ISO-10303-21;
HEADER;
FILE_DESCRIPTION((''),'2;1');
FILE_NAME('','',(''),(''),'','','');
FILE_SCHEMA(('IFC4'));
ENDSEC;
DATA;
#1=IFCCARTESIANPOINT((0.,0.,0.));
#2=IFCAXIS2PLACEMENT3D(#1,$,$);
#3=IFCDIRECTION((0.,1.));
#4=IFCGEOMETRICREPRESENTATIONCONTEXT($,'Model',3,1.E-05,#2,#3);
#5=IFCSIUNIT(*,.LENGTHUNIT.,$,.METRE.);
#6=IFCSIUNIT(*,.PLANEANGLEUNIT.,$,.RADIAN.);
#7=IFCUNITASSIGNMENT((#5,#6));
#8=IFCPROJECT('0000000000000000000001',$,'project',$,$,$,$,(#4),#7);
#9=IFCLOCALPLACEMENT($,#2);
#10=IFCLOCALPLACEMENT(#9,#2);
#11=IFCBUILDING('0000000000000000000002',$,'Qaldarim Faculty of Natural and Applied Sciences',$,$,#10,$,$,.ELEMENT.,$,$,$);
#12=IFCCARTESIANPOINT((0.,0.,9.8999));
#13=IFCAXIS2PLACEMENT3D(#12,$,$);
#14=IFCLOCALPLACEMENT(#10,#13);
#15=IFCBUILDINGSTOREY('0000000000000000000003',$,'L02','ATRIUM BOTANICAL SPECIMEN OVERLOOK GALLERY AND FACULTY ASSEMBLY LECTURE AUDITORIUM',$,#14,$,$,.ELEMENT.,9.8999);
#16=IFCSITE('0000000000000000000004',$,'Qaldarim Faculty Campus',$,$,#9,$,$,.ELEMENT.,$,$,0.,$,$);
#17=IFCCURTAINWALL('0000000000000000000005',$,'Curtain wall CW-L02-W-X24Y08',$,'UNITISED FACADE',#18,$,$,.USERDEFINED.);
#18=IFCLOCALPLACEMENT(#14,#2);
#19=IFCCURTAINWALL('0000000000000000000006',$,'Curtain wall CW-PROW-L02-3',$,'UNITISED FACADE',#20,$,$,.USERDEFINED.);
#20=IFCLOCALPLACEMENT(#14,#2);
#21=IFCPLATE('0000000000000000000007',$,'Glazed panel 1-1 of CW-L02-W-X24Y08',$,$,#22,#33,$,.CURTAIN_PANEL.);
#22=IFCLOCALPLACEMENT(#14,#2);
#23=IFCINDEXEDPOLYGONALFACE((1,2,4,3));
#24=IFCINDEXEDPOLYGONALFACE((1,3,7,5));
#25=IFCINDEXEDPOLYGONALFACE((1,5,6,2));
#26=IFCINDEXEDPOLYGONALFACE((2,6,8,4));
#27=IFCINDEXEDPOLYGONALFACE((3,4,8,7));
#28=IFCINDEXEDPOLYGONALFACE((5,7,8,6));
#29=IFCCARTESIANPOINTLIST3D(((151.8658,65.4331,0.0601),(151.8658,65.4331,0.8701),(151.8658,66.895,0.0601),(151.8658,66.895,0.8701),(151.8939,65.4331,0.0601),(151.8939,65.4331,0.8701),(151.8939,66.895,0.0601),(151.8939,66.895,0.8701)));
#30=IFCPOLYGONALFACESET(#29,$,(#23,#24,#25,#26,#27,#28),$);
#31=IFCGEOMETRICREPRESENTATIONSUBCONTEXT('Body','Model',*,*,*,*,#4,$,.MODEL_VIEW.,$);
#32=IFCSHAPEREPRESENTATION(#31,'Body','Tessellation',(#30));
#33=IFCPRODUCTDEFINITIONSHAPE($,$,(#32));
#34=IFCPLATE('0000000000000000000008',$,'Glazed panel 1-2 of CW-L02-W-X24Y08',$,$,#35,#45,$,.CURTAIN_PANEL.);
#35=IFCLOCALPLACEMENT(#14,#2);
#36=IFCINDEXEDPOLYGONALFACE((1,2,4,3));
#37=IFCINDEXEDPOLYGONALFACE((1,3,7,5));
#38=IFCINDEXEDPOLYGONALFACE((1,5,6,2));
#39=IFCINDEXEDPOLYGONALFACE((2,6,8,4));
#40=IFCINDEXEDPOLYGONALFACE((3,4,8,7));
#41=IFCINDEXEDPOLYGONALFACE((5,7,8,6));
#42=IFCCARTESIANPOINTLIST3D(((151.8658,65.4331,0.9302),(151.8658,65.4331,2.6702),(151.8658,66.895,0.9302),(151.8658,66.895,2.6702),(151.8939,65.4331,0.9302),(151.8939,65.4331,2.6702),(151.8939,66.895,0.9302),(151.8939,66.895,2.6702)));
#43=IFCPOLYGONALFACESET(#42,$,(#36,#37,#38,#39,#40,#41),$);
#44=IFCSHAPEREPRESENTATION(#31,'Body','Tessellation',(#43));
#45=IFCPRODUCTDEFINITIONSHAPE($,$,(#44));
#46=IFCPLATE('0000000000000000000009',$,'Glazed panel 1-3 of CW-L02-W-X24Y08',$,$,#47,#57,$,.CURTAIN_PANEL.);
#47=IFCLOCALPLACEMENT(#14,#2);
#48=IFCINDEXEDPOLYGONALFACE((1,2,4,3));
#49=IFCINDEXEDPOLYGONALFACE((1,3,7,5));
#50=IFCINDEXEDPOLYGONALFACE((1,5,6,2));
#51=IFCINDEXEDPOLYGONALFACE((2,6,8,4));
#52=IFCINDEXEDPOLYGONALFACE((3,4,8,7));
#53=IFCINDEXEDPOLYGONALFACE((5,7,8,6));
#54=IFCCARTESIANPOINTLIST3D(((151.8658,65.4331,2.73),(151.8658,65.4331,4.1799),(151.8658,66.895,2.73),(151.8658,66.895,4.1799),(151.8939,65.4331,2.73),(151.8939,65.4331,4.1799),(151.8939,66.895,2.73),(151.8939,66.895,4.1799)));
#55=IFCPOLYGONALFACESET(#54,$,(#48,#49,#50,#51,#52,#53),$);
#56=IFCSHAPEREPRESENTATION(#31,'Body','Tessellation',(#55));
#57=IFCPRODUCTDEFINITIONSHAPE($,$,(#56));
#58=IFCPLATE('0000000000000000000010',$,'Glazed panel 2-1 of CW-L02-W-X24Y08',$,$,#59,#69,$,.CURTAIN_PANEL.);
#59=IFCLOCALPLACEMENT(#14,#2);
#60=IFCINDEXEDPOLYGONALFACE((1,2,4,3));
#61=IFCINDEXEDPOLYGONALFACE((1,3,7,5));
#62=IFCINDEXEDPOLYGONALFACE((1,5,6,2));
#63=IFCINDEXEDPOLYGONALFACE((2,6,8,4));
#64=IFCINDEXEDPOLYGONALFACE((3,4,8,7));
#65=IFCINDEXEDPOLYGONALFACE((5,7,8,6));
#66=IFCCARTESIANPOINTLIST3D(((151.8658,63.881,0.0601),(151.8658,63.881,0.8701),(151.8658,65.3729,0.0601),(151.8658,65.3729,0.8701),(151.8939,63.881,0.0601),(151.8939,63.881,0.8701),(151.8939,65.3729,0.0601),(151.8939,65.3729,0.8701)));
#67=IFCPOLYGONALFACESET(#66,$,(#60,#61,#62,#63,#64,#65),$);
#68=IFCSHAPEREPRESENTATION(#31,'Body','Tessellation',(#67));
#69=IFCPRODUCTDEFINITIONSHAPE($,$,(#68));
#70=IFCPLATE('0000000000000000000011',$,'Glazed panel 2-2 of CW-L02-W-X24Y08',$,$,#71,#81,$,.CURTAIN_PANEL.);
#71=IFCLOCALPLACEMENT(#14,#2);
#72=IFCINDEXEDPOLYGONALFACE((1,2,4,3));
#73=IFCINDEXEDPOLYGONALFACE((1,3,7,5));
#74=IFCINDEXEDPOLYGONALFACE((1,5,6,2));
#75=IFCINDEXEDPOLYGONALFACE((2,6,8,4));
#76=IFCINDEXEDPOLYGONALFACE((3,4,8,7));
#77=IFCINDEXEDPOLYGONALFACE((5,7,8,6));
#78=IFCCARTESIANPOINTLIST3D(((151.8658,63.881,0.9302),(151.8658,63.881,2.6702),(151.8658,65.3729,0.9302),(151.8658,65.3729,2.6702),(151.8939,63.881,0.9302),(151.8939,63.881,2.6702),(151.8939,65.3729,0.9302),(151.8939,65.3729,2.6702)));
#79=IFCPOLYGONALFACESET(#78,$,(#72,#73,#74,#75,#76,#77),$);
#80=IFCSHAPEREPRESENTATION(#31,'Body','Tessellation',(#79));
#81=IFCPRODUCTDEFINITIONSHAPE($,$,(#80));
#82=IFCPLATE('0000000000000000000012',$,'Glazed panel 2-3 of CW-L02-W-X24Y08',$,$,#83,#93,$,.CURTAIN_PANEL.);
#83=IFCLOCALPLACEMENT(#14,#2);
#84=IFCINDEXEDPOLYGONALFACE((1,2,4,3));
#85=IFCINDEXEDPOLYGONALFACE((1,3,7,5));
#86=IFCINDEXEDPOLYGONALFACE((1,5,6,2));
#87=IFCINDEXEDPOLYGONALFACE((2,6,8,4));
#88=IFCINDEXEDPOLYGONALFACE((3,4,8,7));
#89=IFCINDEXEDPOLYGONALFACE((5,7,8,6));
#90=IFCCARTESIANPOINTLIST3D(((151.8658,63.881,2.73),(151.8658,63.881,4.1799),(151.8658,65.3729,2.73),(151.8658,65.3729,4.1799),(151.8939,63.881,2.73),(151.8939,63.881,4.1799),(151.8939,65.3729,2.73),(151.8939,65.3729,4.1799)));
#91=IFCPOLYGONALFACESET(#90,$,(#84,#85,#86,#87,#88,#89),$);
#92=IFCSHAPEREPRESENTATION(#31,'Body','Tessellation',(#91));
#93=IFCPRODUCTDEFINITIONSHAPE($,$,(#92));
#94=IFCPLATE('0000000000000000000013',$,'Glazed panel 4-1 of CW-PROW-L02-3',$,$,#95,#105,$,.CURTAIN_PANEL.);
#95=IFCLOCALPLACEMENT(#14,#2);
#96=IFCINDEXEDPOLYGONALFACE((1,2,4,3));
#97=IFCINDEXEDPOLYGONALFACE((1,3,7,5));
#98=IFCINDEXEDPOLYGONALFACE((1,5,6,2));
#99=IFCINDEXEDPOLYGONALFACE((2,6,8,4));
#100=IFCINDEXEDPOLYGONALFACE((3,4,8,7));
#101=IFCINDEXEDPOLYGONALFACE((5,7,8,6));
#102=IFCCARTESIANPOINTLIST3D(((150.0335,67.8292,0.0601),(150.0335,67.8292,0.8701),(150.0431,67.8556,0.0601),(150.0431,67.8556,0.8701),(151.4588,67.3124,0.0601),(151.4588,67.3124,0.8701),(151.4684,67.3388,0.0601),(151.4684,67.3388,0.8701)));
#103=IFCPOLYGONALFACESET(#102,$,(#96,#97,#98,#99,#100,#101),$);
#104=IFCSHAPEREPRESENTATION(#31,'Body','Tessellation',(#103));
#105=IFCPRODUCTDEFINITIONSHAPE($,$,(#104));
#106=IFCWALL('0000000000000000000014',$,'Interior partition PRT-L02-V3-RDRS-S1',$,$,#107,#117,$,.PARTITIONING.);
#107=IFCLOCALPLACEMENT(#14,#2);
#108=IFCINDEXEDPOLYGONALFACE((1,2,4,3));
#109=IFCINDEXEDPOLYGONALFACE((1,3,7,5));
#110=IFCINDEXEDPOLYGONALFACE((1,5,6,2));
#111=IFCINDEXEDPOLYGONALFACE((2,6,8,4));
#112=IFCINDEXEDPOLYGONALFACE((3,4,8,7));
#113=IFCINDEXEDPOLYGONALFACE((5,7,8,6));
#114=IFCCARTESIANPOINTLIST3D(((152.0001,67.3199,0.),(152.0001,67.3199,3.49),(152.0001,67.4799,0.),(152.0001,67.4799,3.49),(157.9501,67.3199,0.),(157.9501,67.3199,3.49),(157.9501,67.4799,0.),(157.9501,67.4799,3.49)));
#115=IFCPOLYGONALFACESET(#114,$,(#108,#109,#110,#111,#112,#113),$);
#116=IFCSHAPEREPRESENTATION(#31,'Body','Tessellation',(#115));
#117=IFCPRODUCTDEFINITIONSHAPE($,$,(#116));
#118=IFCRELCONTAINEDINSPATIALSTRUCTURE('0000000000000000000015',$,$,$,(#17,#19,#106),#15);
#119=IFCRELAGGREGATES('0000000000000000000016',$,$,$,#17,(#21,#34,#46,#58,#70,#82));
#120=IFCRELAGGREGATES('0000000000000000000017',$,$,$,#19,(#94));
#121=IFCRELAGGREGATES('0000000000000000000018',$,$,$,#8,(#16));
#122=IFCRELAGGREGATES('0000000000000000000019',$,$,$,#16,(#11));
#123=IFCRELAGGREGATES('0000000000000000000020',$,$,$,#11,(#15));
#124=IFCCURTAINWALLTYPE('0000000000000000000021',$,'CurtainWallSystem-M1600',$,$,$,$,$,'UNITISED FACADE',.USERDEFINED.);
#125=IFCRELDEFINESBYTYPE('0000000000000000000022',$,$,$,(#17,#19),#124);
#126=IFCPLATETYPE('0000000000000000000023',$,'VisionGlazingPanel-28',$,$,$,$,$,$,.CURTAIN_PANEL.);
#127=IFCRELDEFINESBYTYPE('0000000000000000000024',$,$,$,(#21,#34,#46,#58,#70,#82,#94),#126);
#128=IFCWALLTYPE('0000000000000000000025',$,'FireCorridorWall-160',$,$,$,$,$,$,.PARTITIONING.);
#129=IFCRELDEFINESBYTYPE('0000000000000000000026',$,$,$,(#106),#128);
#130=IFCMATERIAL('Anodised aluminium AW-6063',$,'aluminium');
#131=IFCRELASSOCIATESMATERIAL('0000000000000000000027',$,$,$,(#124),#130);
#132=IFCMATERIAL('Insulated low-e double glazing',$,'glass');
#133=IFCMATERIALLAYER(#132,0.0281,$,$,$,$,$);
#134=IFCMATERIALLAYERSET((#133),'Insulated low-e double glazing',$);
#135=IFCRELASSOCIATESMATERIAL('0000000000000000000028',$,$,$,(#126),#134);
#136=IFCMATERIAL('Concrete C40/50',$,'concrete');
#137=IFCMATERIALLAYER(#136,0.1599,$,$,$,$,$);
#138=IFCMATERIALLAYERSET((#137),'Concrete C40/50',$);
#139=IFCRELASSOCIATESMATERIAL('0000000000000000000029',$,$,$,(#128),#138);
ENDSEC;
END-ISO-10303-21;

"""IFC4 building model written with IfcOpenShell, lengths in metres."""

from ifc_helpers import new_model, si_unit, direction, frame, frame_2d, origin, origin_2d, place, context, subcontext, project, spatial, rectangle, extrude, material, layer, layer_set, type_object, element, aggregate, save


model = new_model("IFC4")

# Units and contexts
model_context = context("Model", 3, precision=1e-05, world=origin(), true_north=direction((0.0, 1.0)))
body_context = subcontext(model_context, "Body", "Model", "MODEL_VIEW")
ifc_project = project(units=[si_unit("LENGTHUNIT", "METRE"), si_unit("PLANEANGLEUNIT", "RADIAN")], contexts=[model_context])

# Site, building, storey
site_placement = place(None, origin())
site = spatial("IfcSite", under=ifc_project, at=site_placement, Name="Qaldarim Faculty Campus", CompositionType="ELEMENT", RefElevation=0.0)
building_placement = place(site_placement, origin())
building = spatial("IfcBuilding", under=site, at=building_placement, Name="Qaldarim Faculty of Natural and Applied Sciences", CompositionType="ELEMENT")
storey_placement = place(building_placement, frame((0.0, 0.0, 9.8999)))
storey = spatial("IfcBuildingStorey", under=building, at=storey_placement, Name="L02", Description="ATRIUM BOTANICAL SPECIMEN OVERLOOK GALLERY AND FACULTY ASSEMBLY LECTURE AUDITORIUM", CompositionType="ELEMENT", Elevation=9.8999)

# Curtain wall
ifc_material_1 = material(Name="Anodised aluminium AW-6063", Category="aluminium")
curtain_wall_type = type_object("IfcCurtainWallType", Name="CurtainWallSystem-M1600", ElementType="UNITISED FACADE", PredefinedType="USERDEFINED", material=ifc_material_1)
curtain_wall_1_placement = place(storey_placement, origin())
curtain_wall_1 = element("IfcCurtainWall", 1, at=curtain_wall_1_placement, inside=storey, type_object=curtain_wall_type, Name="Curtain wall CW-L02-W-X24Y08", ObjectType="UNITISED FACADE", PredefinedType="USERDEFINED")

# Curtain wall
curtain_wall_2_placement = place(storey_placement, origin())
curtain_wall_2 = element("IfcCurtainWall", 2, at=curtain_wall_2_placement, inside=storey, type_object=curtain_wall_type, Name="Curtain wall CW-PROW-L02-3", ObjectType="UNITISED FACADE", PredefinedType="USERDEFINED")

# Shared definitions
ifc_material_2 = material(Name="Concrete C40/50", Category="concrete")

# Plates
ifc_material_3 = material(Name="Insulated low-e double glazing", Category="glass")
ifc_layer_1 = layer(ifc_material_3, 0.0281)
ifc_layer_set_1 = layer_set([ifc_layer_1], Name="Insulated low-e double glazing")
plate_type = type_object("IfcPlateType", Name="VisionGlazingPanel-28", PredefinedType="CURTAIN_PANEL", material=ifc_layer_set_1)
plate_1_placement = place(storey_placement, frame((151.8799, 66.1641, 0.0601), z_axis=(0.0, 0.0, 1.0), x_axis=(0.0, -1.0, 0.0)))
plate_1 = element("IfcPlate", 3, at=plate_1_placement, type_object=plate_type, Name="Glazed panel 1-1 of CW-L02-W-X24Y08", PredefinedType="CURTAIN_PANEL", context=body_context, shape_type="SweptSolid", body=[
    extrude(rectangle(XDim=1.4619, YDim=0.0281, at=origin_2d()), origin(), (0.0, 0.0, 1.0), 0.8101),
])
plate_2_placement = place(storey_placement, frame((151.8799, 66.1641, 0.9302), z_axis=(0.0, 0.0, 1.0), x_axis=(0.0, -1.0, 0.0)))
plate_2 = element("IfcPlate", 4, at=plate_2_placement, type_object=plate_type, Name="Glazed panel 1-2 of CW-L02-W-X24Y08", PredefinedType="CURTAIN_PANEL", context=body_context, shape_type="SweptSolid", body=[
    extrude(rectangle(XDim=1.4619, YDim=0.0281, at=origin_2d()), origin(), (0.0, 0.0, 1.0), 1.74),
])
plate_3_placement = place(storey_placement, frame((151.8799, 66.1641, 2.73), z_axis=(0.0, 0.0, 1.0), x_axis=(0.0, -1.0, 0.0)))
plate_3 = element("IfcPlate", 5, at=plate_3_placement, type_object=plate_type, Name="Glazed panel 1-3 of CW-L02-W-X24Y08", PredefinedType="CURTAIN_PANEL", context=body_context, shape_type="SweptSolid", body=[
    extrude(rectangle(XDim=1.4619, YDim=0.0281, at=origin_2d()), origin(), (0.0, 0.0, 1.0), 1.45),
])
plate_4_placement = place(storey_placement, frame((151.8799, 64.627, 0.0601), z_axis=(0.0, 0.0, 1.0), x_axis=(0.0, -1.0, 0.0)))
plate_4 = element("IfcPlate", 6, at=plate_4_placement, type_object=plate_type, Name="Glazed panel 2-1 of CW-L02-W-X24Y08", PredefinedType="CURTAIN_PANEL", context=body_context, shape_type="SweptSolid", body=[
    extrude(rectangle(XDim=1.4919, YDim=0.0281, at=origin_2d()), origin(), (0.0, 0.0, 1.0), 0.8101),
])
plate_5_placement = place(storey_placement, frame((151.8799, 64.627, 0.9302), z_axis=(0.0, 0.0, 1.0), x_axis=(0.0, -1.0, 0.0)))
plate_5 = element("IfcPlate", 7, at=plate_5_placement, type_object=plate_type, Name="Glazed panel 2-2 of CW-L02-W-X24Y08", PredefinedType="CURTAIN_PANEL", context=body_context, shape_type="SweptSolid", body=[
    extrude(rectangle(XDim=1.4919, YDim=0.0281, at=origin_2d()), origin(), (0.0, 0.0, 1.0), 1.74),
])
plate_6_placement = place(storey_placement, frame((151.8799, 64.627, 2.73), z_axis=(0.0, 0.0, 1.0), x_axis=(0.0, -1.0, 0.0)))
plate_6 = element("IfcPlate", 8, at=plate_6_placement, type_object=plate_type, Name="Glazed panel 2-3 of CW-L02-W-X24Y08", PredefinedType="CURTAIN_PANEL", context=body_context, shape_type="SweptSolid", body=[
    extrude(rectangle(XDim=1.4919, YDim=0.0281, at=origin_2d()), origin(), (0.0, 0.0, 1.0), 1.45),
])
aggregate(curtain_wall_1, [plate_1, plate_2, plate_3, plate_4, plate_5, plate_6])
plate_7_placement = place(storey_placement, frame((150.751, 67.584, 0.0601), z_axis=(0.0, 0.0, 1.0), x_axis=(0.94011, -0.340872, 0.0)))
plate_7 = element("IfcPlate", 9, at=plate_7_placement, type_object=plate_type, Name="Glazed panel 4-1 of CW-PROW-L02-3", PredefinedType="CURTAIN_PANEL", context=body_context, shape_type="SweptSolid", body=[
    extrude(rectangle(XDim=1.5161, YDim=0.0281, at=origin_2d()), origin(), (0.0, 0.0, 1.0), 0.8101),
])
aggregate(curtain_wall_2, [plate_7])

# Wall
ifc_layer_2 = layer(ifc_material_2, 0.1599)
ifc_layer_set_2 = layer_set([ifc_layer_2], Name="Concrete C40/50")
wall_type = type_object("IfcWallType", Name="FireCorridorWall-160", PredefinedType="PARTITIONING", material=ifc_layer_set_2)
wall_placement = place(storey_placement, frame((152.0, 67.3999, 0.0), z_axis=(0.0, 0.0, 1.0), x_axis=(1.0, 0.0, 0.0)))
element("IfcWall", 10, at=wall_placement, inside=storey, type_object=wall_type, Name="Interior partition PRT-L02-V3-RDRS-S1", PredefinedType="PARTITIONING", context=body_context, shape_type="SweptSolid", body=[
    extrude(rectangle(XDim=5.95, YDim=0.1599, at=frame_2d((2.9751, 0.0))), origin(), (0.0, 0.0, 1.0), 3.49),
])

save(model, "model.ifc")
